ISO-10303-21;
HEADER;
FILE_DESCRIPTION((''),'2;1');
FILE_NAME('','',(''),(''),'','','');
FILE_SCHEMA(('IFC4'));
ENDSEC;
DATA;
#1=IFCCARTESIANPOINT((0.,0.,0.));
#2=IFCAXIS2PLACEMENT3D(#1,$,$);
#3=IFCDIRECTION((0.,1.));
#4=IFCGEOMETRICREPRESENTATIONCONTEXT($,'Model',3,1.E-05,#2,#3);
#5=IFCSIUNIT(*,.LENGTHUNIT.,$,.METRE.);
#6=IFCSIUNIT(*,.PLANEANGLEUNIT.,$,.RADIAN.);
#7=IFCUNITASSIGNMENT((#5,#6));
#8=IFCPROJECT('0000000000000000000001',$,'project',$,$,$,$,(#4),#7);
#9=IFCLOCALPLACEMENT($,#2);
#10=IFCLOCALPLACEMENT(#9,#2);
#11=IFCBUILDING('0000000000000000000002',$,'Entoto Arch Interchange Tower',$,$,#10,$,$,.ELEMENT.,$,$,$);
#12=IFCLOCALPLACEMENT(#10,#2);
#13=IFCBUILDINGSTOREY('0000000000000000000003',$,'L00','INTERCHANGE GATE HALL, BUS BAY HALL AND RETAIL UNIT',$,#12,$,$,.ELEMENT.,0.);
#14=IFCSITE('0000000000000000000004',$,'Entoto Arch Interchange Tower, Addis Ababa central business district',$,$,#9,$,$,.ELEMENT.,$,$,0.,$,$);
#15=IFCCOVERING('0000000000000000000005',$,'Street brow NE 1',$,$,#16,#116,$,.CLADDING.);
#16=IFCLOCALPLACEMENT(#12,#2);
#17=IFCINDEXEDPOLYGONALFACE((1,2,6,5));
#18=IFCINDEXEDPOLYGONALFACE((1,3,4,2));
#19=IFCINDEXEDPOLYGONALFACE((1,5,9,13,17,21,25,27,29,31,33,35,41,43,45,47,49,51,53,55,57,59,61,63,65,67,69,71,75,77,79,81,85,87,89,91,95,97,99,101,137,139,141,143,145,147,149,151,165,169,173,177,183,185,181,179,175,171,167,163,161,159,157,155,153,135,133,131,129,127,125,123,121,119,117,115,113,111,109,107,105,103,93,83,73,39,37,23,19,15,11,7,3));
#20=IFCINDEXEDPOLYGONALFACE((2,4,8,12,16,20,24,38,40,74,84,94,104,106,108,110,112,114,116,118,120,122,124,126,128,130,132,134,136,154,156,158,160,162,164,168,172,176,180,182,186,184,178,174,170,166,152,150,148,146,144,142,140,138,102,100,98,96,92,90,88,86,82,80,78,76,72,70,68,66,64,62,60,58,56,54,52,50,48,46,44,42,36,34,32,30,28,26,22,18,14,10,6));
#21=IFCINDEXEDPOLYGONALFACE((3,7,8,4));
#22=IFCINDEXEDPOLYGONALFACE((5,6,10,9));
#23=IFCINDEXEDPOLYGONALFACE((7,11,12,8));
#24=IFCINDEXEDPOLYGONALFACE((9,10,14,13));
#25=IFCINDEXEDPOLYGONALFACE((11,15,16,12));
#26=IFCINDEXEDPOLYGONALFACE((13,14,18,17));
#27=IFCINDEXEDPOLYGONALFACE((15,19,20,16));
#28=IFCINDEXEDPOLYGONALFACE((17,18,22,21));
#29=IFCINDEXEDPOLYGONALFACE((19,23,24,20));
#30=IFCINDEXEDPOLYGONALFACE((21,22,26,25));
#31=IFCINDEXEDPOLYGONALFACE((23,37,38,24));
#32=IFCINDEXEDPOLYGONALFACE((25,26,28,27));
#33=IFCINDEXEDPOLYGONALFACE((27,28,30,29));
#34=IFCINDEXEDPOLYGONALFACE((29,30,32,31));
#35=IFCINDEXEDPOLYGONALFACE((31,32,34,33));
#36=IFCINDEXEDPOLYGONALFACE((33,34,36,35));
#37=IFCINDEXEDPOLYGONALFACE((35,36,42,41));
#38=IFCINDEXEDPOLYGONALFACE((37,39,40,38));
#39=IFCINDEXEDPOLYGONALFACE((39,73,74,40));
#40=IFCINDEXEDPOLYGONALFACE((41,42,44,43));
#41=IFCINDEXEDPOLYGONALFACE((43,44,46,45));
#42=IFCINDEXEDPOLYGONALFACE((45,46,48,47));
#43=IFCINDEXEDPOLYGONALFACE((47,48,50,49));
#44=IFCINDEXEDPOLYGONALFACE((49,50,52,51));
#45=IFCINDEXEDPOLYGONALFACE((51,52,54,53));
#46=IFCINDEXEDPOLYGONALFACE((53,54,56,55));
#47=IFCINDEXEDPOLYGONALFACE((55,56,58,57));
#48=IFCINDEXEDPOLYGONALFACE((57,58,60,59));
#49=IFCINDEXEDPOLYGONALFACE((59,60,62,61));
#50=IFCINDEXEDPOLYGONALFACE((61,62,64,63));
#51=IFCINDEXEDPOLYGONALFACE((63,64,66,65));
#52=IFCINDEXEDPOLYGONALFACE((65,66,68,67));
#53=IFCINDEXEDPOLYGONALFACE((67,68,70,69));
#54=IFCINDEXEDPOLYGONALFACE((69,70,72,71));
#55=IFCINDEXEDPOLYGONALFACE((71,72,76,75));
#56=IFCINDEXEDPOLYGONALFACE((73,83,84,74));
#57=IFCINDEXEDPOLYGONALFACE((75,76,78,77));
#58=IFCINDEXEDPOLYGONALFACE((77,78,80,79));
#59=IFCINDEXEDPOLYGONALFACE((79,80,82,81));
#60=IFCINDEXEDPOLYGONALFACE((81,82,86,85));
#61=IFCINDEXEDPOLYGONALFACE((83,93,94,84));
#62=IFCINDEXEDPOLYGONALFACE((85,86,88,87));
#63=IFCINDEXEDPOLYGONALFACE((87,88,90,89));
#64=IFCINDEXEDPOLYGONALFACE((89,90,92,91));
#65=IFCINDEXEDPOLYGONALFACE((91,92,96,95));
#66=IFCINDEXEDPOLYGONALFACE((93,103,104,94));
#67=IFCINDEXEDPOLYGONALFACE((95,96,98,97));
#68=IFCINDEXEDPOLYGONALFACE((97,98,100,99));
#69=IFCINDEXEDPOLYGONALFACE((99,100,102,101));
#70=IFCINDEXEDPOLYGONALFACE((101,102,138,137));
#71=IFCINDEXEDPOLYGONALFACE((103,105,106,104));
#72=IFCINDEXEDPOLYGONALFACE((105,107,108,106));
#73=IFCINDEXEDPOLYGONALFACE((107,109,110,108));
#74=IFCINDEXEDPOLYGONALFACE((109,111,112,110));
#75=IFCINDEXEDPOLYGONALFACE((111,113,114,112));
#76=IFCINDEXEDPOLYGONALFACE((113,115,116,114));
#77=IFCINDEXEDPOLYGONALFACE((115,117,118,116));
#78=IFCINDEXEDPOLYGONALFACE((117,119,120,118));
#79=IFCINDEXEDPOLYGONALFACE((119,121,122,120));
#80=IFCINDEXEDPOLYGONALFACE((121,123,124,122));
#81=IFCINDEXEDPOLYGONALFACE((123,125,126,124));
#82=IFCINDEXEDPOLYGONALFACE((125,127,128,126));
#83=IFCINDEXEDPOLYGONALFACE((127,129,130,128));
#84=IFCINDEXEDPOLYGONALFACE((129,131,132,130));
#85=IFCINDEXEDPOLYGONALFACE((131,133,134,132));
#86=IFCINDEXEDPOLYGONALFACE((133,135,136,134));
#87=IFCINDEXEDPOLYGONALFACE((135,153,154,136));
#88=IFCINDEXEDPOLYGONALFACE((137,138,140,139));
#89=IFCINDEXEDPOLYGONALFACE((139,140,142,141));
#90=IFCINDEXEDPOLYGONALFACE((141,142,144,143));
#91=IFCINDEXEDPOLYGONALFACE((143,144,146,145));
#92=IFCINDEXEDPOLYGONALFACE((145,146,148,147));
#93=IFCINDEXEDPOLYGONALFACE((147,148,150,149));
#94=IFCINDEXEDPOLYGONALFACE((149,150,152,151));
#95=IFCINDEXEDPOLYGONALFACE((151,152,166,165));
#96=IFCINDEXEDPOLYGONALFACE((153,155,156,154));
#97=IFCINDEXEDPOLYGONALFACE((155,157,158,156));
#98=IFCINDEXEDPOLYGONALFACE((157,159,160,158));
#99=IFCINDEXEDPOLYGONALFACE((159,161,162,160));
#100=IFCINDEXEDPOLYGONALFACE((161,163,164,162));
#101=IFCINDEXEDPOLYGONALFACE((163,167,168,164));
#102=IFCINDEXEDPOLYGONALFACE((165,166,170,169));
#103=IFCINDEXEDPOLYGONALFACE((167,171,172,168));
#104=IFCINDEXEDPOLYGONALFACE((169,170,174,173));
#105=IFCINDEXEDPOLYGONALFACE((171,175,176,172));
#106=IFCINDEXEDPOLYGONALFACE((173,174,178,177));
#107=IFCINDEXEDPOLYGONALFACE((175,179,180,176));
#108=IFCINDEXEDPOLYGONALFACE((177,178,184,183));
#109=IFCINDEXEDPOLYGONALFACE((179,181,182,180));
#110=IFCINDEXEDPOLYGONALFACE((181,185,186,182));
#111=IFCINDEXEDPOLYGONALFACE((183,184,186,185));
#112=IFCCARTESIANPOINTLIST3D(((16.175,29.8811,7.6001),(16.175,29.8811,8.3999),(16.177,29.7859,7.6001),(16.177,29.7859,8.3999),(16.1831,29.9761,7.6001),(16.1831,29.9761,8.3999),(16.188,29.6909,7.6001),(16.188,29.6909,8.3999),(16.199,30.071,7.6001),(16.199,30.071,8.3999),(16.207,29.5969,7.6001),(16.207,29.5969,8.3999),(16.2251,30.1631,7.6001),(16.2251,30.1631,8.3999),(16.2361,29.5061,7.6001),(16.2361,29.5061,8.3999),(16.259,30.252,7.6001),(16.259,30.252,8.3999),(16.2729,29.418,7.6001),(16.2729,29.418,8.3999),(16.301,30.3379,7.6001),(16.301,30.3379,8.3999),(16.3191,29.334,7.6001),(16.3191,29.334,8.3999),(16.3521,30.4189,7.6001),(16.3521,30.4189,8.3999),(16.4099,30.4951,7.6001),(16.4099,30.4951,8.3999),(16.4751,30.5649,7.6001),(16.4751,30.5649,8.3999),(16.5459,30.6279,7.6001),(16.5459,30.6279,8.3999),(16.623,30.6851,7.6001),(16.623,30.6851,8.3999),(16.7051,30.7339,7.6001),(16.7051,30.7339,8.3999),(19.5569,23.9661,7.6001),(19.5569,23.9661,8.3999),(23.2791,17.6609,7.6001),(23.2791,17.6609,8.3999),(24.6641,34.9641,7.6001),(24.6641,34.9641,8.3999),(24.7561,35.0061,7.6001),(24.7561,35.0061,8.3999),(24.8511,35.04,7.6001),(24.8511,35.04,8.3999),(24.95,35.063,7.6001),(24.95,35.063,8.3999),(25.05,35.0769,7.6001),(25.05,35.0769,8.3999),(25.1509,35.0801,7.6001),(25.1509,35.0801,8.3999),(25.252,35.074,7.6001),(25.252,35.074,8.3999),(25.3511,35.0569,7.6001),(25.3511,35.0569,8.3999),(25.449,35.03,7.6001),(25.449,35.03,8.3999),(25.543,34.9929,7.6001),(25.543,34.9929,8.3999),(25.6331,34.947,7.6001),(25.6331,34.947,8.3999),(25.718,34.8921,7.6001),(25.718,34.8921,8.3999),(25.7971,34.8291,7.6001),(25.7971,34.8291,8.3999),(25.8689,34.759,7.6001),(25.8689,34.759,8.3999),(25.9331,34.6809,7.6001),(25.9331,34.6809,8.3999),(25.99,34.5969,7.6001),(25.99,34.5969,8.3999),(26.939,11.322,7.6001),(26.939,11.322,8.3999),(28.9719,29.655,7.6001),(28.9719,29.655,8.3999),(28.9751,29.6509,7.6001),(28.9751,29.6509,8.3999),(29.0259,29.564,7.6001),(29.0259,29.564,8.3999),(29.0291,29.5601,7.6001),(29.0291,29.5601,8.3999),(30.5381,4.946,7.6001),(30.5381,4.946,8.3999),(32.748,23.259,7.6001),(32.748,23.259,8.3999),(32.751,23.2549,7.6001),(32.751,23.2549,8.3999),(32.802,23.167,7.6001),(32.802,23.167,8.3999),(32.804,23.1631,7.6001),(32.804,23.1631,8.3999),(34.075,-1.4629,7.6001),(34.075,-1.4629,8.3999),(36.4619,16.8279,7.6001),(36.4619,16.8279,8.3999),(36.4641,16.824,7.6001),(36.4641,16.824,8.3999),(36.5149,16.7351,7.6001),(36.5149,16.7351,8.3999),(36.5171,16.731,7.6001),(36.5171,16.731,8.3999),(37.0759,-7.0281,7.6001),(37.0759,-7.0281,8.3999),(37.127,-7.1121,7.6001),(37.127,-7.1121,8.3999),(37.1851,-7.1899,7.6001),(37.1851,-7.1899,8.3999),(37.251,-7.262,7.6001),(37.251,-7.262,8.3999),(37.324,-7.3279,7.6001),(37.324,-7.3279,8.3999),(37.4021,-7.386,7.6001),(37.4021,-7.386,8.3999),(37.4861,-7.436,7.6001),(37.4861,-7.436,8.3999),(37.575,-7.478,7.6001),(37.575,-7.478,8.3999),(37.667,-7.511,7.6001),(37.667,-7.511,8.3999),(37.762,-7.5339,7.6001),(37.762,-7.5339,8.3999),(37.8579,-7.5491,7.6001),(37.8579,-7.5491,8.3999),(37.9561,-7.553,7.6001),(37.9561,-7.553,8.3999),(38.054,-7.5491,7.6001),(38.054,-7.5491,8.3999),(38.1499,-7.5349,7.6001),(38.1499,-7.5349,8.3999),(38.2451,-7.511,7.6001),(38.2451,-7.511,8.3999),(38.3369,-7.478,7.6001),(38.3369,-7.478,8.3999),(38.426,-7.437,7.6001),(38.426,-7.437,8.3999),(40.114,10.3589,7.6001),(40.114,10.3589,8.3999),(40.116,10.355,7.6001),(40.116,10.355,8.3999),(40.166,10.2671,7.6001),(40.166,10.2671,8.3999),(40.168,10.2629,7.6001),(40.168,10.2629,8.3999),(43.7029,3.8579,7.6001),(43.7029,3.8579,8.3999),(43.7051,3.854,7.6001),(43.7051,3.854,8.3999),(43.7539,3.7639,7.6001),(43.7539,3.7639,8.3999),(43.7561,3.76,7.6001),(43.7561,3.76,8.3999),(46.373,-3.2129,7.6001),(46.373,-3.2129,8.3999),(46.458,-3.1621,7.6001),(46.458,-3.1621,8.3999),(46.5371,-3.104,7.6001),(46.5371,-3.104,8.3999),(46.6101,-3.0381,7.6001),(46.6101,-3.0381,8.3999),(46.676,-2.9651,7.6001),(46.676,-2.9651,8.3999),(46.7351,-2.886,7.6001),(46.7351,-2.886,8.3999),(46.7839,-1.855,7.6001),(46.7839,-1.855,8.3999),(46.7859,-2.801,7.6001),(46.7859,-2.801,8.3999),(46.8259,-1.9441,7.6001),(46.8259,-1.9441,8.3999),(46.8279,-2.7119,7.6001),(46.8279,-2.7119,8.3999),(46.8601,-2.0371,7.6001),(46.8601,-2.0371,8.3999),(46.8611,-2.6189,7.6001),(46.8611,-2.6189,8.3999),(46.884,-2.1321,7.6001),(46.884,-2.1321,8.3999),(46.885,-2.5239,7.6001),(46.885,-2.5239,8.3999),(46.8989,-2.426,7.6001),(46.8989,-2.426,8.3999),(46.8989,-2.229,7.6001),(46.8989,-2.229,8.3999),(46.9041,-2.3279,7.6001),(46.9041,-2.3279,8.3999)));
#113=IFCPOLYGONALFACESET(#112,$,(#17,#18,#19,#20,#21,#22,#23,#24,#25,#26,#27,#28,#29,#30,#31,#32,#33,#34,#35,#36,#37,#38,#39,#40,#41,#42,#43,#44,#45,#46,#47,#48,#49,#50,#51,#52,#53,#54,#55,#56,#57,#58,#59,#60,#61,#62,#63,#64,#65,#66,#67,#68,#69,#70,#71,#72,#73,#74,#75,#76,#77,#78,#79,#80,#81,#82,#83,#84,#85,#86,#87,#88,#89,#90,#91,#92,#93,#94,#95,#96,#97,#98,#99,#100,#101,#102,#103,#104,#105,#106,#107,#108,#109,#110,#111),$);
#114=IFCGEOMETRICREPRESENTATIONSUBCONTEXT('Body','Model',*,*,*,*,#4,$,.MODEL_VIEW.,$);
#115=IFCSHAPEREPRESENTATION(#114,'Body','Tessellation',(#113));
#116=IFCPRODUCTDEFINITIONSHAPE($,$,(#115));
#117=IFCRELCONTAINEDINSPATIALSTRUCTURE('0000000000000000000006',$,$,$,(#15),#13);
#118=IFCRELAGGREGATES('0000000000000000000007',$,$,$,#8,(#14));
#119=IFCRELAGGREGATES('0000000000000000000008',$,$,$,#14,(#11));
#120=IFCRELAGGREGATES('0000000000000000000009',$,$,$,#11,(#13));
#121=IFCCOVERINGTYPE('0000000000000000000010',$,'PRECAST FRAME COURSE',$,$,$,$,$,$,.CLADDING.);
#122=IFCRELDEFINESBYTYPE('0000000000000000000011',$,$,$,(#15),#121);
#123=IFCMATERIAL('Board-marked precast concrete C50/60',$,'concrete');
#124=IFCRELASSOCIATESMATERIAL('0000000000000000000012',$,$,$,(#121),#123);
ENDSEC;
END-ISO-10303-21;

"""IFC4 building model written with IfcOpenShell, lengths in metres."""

from ifc_helpers import new_model, si_unit, direction, frame, origin, place, context, subcontext, project, spatial, polyline, outline, extrude, material, type_object, element, save


model = new_model("IFC4")

# Units and contexts
model_context = context("Model", 3, precision=1e-05, world=origin(), true_north=direction((0.0, 1.0)))
body_context = subcontext(model_context, "Body", "Model", "MODEL_VIEW")
ifc_project = project(units=[si_unit("LENGTHUNIT", "METRE"), si_unit("PLANEANGLEUNIT", "RADIAN")], contexts=[model_context])

# Site, building, storey
site_placement = place(None, origin())
site = spatial("IfcSite", under=ifc_project, at=site_placement, Name="Entoto Arch Interchange Tower, Addis Ababa central business district", CompositionType="ELEMENT", RefElevation=0.0)
building_placement = place(site_placement, origin())
building = spatial("IfcBuilding", under=site, at=building_placement, Name="Entoto Arch Interchange Tower", CompositionType="ELEMENT")
storey_placement = place(building_placement, origin())
storey = spatial("IfcBuildingStorey", under=building, at=storey_placement, Name="L00", Description="INTERCHANGE GATE HALL, BUS BAY HALL AND RETAIL UNIT", CompositionType="ELEMENT", Elevation=0.0)

# Covering
ifc_material_1 = material(Name="Board-marked precast concrete C50/60", Category="concrete")
covering_type = type_object("IfcCoveringType", Name="PRECAST FRAME COURSE", PredefinedType="CLADDING", material=ifc_material_1)
covering_1_placement = place(storey_placement, frame((0.0, 0.0, 7.6001)))
element("IfcCovering", 1, at=covering_1_placement, inside=storey, type_object=covering_type, Name="Street brow NE 1", PredefinedType="CLADDING", context=body_context, shape_type="SweptSolid", body=[
    extrude(outline(polyline([(28.9719, 29.655), (28.9751, 29.6509), (29.0259, 29.564), (29.0291, 29.5601), (32.748, 23.259), (32.751, 23.2549), (32.802, 23.167), (32.804, 23.1631), (36.4619, 16.8279), (36.4641, 16.824), (36.5149, 16.7351), (36.5171, 16.731), (40.114, 10.3589), (40.116, 10.355), (40.166, 10.2671), (40.168, 10.2629), (43.7029, 3.8579), (43.7051, 3.854), (43.7539, 3.7639), (43.7561, 3.76), (46.7839, -1.855), (46.8259, -1.9441), (46.8601, -2.0371), (46.884, -2.1321), (46.8989, -2.229), (46.9041, -2.3279), (46.8989, -2.426), (46.885, -2.5239), (46.8611, -2.6189), (46.8279, -2.7119), (46.7859, -2.801), (46.7351, -2.886), (46.676, -2.9651), (46.6101, -3.0381), (46.5371, -3.104), (46.458, -3.1621), (46.373, -3.2129), (38.426, -7.437), (38.3369, -7.478), (38.2451, -7.511), (38.1499, -7.5349), (38.054, -7.5491), (37.9561, -7.553), (37.8579, -7.5491), (37.762, -7.5339), (37.667, -7.511), (37.575, -7.478), (37.4861, -7.436), (37.4021, -7.386), (37.324, -7.3279), (37.251, -7.262), (37.1851, -7.1899), (37.127, -7.1121), (37.0759, -7.0281), (34.075, -1.4629), (30.5381, 4.946), (26.939, 11.322), (23.2791, 17.6609), (19.5569, 23.9661), (16.3191, 29.334), (16.2729, 29.418), (16.2361, 29.5061), (16.207, 29.5969), (16.188, 29.6909), (16.177, 29.7859), (16.175, 29.8811), (16.1831, 29.9761), (16.199, 30.071), (16.2251, 30.1631), (16.259, 30.252), (16.301, 30.3379), (16.3521, 30.4189), (16.4099, 30.4951), (16.4751, 30.5649), (16.5459, 30.6279), (16.623, 30.6851), (16.7051, 30.7339), (24.6641, 34.9641), (24.7561, 35.0061), (24.8511, 35.04), (24.95, 35.063), (25.05, 35.0769), (25.1509, 35.0801), (25.252, 35.074), (25.3511, 35.0569), (25.449, 35.03), (25.543, 34.9929), (25.6331, 34.947), (25.718, 34.8921), (25.7971, 34.8291), (25.8689, 34.759), (25.9331, 34.6809), (25.99, 34.5969), (28.9719, 29.655)])), origin(), (0.0, 0.0, 1.0), 0.7998),
])

save(model, "model.ifc")
